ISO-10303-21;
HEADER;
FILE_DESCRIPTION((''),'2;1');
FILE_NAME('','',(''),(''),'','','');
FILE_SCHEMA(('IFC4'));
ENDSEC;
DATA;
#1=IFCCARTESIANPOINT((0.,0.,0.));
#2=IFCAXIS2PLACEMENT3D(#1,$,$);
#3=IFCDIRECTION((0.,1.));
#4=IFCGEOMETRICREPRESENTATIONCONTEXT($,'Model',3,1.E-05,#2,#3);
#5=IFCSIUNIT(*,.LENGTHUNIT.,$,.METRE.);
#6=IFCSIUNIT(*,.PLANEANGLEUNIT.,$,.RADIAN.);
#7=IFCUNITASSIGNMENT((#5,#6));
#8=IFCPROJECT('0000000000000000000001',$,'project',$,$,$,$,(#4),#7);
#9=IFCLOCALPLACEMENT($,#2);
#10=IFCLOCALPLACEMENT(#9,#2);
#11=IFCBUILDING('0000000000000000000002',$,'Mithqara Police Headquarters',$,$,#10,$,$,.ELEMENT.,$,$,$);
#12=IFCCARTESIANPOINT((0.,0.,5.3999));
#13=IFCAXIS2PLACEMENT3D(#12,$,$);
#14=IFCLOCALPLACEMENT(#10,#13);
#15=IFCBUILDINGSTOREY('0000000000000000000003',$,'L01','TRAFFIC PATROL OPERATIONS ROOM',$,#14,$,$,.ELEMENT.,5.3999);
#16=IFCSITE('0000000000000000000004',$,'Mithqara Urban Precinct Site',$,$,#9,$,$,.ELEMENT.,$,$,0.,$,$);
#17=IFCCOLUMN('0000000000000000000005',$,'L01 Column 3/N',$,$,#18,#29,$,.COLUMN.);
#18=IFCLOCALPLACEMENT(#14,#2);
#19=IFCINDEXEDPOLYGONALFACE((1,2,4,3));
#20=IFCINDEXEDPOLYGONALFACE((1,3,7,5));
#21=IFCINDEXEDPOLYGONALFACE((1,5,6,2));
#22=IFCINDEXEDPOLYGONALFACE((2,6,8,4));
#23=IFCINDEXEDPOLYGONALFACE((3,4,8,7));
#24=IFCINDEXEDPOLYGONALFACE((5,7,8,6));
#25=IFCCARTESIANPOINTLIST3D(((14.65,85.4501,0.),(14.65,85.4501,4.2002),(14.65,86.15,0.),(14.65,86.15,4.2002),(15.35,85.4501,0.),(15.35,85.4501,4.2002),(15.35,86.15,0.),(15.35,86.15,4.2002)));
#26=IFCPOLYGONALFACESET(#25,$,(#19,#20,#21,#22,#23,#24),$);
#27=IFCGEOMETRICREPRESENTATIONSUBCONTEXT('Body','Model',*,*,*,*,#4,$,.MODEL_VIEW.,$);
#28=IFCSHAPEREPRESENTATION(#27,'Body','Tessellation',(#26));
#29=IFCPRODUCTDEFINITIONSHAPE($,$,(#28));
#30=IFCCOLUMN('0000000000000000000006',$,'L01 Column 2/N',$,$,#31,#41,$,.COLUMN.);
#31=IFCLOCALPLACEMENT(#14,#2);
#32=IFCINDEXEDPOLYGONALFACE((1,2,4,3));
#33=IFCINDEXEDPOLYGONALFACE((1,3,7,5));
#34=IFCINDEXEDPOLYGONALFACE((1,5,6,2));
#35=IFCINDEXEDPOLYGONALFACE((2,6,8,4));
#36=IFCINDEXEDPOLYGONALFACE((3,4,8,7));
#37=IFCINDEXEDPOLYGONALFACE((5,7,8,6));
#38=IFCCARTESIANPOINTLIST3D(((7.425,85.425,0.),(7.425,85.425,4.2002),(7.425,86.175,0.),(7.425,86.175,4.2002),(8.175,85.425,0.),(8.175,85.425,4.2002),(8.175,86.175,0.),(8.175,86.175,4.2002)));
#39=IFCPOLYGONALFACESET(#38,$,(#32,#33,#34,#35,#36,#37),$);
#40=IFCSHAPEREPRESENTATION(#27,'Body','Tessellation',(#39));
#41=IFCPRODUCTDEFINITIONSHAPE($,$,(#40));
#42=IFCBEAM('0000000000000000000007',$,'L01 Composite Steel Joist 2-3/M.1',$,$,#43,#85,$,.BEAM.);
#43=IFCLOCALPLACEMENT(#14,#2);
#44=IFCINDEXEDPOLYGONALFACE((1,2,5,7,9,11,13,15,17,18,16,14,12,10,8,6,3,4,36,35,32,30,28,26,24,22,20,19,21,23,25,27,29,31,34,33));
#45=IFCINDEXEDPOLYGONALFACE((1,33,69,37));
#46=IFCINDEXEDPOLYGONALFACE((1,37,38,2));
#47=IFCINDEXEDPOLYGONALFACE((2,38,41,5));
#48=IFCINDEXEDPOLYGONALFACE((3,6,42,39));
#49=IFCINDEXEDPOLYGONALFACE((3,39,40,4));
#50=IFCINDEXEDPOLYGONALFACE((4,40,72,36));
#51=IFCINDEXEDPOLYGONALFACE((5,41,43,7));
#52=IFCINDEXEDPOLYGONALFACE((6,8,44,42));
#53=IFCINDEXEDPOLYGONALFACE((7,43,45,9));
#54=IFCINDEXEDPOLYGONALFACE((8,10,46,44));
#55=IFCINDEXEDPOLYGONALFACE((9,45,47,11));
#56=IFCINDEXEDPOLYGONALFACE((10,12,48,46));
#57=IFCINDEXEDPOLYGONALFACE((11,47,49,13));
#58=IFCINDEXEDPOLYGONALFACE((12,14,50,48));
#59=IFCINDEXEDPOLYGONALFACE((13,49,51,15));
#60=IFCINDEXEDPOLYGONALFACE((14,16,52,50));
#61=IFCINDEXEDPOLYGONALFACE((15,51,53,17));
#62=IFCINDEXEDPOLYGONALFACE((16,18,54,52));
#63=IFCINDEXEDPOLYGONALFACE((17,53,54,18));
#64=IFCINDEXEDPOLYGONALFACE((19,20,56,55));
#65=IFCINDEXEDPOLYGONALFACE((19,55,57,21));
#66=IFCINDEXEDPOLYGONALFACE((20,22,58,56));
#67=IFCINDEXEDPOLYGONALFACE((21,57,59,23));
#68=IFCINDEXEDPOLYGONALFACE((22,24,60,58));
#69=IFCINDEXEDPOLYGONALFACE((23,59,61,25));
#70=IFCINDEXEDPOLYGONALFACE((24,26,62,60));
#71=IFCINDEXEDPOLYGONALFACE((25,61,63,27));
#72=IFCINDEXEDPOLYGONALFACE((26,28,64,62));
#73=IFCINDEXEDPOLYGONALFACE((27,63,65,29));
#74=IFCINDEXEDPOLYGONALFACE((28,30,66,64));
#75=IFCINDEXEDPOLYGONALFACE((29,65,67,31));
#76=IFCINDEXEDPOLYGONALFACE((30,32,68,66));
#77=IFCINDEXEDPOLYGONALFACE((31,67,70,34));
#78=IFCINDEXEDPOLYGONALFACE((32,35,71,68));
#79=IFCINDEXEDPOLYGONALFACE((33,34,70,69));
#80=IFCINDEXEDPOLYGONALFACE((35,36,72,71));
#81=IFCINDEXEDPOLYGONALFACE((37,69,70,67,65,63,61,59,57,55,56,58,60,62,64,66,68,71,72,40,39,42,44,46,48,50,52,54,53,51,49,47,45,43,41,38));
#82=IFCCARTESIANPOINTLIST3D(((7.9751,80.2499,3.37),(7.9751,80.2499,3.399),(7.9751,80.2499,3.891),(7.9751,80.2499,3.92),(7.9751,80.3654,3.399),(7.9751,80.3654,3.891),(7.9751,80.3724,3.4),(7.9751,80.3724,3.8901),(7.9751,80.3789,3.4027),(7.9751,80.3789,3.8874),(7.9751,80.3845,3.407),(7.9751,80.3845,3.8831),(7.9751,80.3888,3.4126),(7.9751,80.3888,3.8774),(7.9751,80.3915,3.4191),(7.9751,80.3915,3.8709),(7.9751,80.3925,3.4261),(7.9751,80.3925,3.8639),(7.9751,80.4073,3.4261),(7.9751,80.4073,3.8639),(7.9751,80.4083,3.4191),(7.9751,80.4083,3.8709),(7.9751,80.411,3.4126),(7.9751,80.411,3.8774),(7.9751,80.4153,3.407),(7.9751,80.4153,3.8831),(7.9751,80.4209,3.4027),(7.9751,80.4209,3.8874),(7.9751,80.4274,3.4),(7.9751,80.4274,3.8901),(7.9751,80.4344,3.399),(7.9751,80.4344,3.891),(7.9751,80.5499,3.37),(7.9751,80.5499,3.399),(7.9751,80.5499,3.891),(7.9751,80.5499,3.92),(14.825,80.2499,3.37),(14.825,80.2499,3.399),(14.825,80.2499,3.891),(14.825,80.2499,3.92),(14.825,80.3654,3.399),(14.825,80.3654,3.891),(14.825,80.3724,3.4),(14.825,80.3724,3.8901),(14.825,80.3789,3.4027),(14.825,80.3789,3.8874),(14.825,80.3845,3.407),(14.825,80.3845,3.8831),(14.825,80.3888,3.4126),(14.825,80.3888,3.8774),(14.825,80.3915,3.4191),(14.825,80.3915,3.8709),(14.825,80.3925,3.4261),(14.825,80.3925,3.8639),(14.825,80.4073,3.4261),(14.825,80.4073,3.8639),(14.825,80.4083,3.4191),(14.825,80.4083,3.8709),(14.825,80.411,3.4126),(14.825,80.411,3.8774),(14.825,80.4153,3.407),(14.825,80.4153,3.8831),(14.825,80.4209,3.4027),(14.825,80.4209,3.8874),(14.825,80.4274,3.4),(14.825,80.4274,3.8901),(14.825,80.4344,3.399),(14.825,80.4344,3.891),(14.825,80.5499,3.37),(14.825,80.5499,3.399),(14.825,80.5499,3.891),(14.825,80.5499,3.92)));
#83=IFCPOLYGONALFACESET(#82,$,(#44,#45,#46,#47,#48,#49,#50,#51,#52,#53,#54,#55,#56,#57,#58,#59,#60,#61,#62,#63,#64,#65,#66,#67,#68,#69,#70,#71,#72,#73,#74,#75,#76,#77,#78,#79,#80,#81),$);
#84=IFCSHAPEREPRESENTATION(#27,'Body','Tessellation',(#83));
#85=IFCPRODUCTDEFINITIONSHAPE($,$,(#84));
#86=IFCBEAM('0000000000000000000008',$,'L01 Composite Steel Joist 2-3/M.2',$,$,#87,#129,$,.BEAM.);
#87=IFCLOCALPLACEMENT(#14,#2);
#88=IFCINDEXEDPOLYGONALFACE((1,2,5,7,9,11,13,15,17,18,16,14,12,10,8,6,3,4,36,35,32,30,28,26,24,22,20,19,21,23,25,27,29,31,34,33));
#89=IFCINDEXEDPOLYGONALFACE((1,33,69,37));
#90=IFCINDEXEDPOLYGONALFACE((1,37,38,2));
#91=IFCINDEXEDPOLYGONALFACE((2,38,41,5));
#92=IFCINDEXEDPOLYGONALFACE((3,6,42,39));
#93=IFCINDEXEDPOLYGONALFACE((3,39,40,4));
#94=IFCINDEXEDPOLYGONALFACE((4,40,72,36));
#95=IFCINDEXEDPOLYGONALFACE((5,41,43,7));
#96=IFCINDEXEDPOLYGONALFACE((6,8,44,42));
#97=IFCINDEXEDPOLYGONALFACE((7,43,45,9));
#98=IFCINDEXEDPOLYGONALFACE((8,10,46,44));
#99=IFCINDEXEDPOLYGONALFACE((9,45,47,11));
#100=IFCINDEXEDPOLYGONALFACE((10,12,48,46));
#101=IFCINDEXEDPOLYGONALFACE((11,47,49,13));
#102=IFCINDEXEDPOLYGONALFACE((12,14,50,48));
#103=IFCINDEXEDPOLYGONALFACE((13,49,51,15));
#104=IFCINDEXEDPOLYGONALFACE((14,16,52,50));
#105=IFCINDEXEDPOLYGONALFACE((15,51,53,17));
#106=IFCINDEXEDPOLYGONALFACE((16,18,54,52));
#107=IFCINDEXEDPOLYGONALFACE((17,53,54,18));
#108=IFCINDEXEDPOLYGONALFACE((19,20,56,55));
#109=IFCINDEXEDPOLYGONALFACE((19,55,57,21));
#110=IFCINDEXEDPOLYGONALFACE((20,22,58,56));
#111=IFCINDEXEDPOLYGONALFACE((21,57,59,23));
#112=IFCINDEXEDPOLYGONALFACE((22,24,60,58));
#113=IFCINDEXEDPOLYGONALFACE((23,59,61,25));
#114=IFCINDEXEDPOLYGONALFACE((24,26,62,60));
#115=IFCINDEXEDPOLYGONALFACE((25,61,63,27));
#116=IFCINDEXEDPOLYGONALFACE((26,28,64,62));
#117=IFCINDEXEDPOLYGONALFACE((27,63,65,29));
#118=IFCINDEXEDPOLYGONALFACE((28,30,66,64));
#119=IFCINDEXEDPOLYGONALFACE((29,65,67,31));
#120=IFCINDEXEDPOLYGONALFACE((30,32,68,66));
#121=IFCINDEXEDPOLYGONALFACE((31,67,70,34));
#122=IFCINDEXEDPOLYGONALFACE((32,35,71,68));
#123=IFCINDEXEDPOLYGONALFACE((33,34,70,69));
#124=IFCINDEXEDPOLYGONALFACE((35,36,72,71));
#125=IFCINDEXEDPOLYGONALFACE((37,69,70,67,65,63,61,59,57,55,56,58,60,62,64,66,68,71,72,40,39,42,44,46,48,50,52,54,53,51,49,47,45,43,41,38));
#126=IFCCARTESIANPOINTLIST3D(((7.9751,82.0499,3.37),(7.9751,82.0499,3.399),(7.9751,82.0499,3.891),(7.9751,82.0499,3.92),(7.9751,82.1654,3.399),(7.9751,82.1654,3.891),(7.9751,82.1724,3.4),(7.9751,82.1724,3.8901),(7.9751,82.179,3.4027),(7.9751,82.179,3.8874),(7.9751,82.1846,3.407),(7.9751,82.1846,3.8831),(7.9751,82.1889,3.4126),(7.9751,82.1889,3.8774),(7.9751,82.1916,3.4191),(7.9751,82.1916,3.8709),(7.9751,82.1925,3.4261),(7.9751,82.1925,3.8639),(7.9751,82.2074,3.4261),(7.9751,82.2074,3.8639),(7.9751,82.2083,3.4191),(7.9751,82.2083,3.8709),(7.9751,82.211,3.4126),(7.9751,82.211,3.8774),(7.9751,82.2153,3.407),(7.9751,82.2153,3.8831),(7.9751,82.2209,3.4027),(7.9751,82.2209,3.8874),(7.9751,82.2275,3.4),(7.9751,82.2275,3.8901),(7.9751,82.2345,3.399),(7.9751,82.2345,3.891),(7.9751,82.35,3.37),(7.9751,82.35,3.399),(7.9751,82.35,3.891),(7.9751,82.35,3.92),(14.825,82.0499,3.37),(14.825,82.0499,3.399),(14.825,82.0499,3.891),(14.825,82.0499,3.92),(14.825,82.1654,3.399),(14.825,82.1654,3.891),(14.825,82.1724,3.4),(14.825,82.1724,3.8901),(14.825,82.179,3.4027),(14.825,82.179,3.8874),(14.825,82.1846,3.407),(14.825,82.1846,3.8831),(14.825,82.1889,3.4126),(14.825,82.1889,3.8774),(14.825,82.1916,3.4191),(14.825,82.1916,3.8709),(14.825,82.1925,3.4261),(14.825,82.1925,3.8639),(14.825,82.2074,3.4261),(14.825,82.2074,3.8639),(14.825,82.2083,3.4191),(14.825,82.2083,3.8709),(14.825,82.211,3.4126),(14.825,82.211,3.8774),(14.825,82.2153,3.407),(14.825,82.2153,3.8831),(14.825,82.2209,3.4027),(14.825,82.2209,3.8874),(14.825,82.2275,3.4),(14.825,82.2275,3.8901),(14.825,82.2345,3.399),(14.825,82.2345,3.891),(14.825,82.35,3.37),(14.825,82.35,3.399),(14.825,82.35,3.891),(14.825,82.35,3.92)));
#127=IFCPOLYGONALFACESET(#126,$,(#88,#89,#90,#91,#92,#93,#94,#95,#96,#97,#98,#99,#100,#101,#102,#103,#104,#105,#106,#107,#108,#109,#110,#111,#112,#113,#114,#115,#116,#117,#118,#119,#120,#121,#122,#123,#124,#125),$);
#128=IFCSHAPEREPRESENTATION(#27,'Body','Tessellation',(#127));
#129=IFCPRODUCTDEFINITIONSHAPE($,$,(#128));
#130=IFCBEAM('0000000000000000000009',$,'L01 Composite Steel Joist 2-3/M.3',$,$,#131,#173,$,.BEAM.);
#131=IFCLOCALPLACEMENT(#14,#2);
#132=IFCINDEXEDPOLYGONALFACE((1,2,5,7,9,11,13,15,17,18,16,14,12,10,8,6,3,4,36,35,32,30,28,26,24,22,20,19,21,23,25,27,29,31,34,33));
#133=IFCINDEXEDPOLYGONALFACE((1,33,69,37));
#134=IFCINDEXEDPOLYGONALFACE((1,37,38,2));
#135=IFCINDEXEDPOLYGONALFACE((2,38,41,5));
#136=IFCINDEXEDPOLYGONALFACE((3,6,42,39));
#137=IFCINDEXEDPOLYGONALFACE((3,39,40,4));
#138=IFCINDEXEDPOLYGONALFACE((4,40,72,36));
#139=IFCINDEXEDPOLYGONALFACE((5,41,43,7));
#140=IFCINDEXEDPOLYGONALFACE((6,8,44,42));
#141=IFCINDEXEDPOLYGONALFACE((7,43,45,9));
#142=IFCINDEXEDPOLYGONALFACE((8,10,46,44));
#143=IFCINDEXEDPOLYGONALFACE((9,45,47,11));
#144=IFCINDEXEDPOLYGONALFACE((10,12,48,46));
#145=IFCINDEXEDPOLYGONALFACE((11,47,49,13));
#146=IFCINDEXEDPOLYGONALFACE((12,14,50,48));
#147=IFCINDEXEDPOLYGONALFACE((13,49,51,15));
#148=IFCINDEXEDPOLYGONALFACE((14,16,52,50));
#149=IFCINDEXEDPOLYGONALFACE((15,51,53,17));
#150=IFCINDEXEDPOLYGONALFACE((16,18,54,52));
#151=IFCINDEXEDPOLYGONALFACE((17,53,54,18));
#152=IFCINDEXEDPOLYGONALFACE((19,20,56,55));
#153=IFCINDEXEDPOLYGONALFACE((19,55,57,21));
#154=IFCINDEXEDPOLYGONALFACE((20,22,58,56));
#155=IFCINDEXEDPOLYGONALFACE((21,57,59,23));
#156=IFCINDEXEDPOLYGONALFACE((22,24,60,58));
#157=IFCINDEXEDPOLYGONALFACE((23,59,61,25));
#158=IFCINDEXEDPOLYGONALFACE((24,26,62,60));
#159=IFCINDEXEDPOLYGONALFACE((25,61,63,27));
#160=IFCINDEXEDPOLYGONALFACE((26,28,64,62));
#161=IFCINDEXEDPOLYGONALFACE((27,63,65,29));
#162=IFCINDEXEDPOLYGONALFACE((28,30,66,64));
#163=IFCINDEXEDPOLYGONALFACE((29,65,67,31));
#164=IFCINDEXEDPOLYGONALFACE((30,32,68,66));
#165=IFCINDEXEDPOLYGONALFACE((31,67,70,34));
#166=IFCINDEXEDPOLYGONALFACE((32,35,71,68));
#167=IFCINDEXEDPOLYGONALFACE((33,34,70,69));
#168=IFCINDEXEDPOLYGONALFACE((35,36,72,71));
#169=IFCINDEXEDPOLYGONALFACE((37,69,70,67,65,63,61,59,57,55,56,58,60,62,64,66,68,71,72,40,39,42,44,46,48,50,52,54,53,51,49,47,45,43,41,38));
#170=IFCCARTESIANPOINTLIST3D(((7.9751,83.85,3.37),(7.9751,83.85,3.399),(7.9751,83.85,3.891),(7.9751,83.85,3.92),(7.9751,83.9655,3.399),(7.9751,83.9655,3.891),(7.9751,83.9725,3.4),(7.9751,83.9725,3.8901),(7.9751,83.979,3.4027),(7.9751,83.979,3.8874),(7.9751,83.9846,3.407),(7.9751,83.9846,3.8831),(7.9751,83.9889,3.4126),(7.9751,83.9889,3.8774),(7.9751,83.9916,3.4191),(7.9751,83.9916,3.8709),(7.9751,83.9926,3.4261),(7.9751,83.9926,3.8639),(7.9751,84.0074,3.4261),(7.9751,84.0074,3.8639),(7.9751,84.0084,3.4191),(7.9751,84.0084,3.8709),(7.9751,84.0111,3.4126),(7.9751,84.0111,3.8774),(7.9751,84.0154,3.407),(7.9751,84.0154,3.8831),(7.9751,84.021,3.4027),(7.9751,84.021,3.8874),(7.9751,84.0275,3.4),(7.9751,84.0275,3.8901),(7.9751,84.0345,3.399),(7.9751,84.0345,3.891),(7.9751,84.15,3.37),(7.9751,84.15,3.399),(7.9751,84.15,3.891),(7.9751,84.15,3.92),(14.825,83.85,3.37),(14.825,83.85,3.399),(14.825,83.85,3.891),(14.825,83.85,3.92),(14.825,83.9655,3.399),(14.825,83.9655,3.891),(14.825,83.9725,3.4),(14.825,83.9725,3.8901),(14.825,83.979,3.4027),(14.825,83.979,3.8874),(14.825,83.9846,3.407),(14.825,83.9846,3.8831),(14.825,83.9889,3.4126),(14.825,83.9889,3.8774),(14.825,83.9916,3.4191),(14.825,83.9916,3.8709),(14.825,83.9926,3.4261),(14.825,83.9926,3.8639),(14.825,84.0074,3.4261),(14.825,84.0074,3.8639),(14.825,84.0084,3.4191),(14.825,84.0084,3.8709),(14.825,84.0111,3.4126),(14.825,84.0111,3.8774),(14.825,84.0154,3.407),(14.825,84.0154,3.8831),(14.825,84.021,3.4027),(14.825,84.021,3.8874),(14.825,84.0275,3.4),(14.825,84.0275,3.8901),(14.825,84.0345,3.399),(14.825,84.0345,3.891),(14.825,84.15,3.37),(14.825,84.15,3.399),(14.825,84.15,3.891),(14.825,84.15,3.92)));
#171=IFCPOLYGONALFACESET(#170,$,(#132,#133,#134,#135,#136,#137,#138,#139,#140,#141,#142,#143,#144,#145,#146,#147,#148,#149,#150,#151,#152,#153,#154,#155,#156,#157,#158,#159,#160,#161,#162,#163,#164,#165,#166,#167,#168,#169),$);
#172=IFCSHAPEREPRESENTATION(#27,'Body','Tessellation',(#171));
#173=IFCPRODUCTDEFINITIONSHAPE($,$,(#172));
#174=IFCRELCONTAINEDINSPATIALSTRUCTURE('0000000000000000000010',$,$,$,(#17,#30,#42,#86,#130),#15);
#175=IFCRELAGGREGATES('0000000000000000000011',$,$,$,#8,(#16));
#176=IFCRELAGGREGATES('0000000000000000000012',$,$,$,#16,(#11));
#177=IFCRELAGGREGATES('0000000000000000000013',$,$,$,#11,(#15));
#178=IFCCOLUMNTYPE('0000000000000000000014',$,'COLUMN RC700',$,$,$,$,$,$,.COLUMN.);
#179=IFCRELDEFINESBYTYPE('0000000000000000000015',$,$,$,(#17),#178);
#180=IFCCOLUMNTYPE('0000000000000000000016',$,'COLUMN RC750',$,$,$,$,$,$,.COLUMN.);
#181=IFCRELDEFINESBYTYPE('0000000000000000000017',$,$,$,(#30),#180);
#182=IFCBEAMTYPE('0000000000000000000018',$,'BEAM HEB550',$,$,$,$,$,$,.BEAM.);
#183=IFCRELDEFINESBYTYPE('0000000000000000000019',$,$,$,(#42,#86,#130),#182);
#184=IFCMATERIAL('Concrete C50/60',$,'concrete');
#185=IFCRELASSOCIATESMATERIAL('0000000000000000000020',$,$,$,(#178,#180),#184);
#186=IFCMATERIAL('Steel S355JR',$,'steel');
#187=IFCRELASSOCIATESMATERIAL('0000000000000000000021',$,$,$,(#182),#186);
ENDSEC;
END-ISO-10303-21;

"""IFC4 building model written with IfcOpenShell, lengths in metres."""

from ifc_helpers import new_model, si_unit, direction, frame, origin, origin_2d, place, context, subcontext, project, spatial, rectangle, i_section, extrude, material, material_profile, profile_set, type_object, element, save


model = new_model("IFC4")

# Units and contexts
model_context = context("Model", 3, precision=1e-05, world=origin(), true_north=direction((0.0, 1.0)))
body_context = subcontext(model_context, "Body", "Model", "MODEL_VIEW")
ifc_project = project(units=[si_unit("LENGTHUNIT", "METRE"), si_unit("PLANEANGLEUNIT", "RADIAN")], contexts=[model_context])

# Site, building, storey
site_placement = place(None, origin())
site = spatial("IfcSite", under=ifc_project, at=site_placement, Name="Mithqara Urban Precinct Site", CompositionType="ELEMENT", RefElevation=0.0)
building_placement = place(site_placement, origin())
building = spatial("IfcBuilding", under=site, at=building_placement, Name="Mithqara Police Headquarters", CompositionType="ELEMENT")
storey_placement = place(building_placement, frame((0.0, 0.0, 5.3999)))
storey = spatial("IfcBuildingStorey", under=building, at=storey_placement, Name="L01", Description="TRAFFIC PATROL OPERATIONS ROOM", CompositionType="ELEMENT", Elevation=5.3999)

# Columns
ifc_material_1 = material(Name="Concrete C50/60", Category="concrete")
ifc_material_profile_1 = material_profile(ifc_material_1, rectangle(XDim=0.7, YDim=0.7, at=origin_2d()), Name="RC 700x700")
ifc_profile_set_1 = profile_set([ifc_material_profile_1], Name="Concrete C50/60")
column_type_1 = type_object("IfcColumnType", Name="COLUMN RC700", PredefinedType="COLUMN", material=ifc_profile_set_1)
column_1_placement = place(storey_placement, frame((15.0, 85.8, 0.0), z_axis=(0.0, 0.0, 1.0), x_axis=(1.0, 0.0, 0.0)))
element("IfcColumn", 1, at=column_1_placement, inside=storey, type_object=column_type_1, Name="L01 Column 3/N", PredefinedType="COLUMN", context=body_context, shape_type="SweptSolid", body=[
    extrude(rectangle(XDim=0.7, YDim=0.7, at=origin_2d()), origin(), (0.0, 0.0, 1.0), 4.2002),
])
ifc_material_profile_2 = material_profile(ifc_material_1, rectangle(XDim=0.75, YDim=0.75, at=origin_2d()), Name="RC 750x750")
ifc_profile_set_2 = profile_set([ifc_material_profile_2], Name="Concrete C50/60")
column_type_2 = type_object("IfcColumnType", Name="COLUMN RC750", PredefinedType="COLUMN", material=ifc_profile_set_2)
column_2_placement = place(storey_placement, frame((7.8, 85.8, 0.0), z_axis=(0.0, 0.0, 1.0), x_axis=(1.0, 0.0, 0.0)))
element("IfcColumn", 2, at=column_2_placement, inside=storey, type_object=column_type_2, Name="L01 Column 2/N", PredefinedType="COLUMN", context=body_context, shape_type="SweptSolid", body=[
    extrude(rectangle(XDim=0.75, YDim=0.75, at=origin_2d()), origin(), (0.0, 0.0, 1.0), 4.2002),
])

# Beams
ifc_material_2 = material(Name="Steel S355JR", Category="steel")
ifc_material_profile_3 = material_profile(ifc_material_2, i_section(OverallWidth=0.3, OverallDepth=0.55, WebThickness=0.0149, FlangeThickness=0.0291, FilletRadius=0.0271, at=origin_2d()), Name="HEB 550")
ifc_profile_set_3 = profile_set([ifc_material_profile_3], Name="Steel S355JR")
beam_type_1 = type_object("IfcBeamType", Name="BEAM HEB550", PredefinedType="BEAM", material=ifc_profile_set_3)
for number, where, z_axis, x_axis, name in (
    (3, (7.9751, 80.3999, 3.645), (1.0, 0.0, 0.0), (0.0, 1.0, 0.0), "L01 Composite Steel Joist 2-3/M.1"),
    (4, (7.9751, 82.2, 3.645), (1.0, 0.0, 0.0), (0.0, 1.0, 0.0), "L01 Composite Steel Joist 2-3/M.2"),
    (5, (7.9751, 84.0, 3.645), (1.0, 0.0, 0.0), (0.0, 1.0, 0.0), "L01 Composite Steel Joist 2-3/M.3"),
):
    element("IfcBeam", number, at=place(storey_placement, frame(where, z_axis=z_axis, x_axis=x_axis)), inside=storey, type_object=beam_type_1, Name=name, PredefinedType="BEAM", context=body_context, shape_type="SweptSolid", body=[
        extrude(i_section(OverallWidth=0.3, OverallDepth=0.55, WebThickness=0.0149, FlangeThickness=0.0291, FilletRadius=0.0271, at=origin_2d()), origin(), (0.0, 0.0, 1.0), 6.8499),
    ])

save(model, "model.ifc")
